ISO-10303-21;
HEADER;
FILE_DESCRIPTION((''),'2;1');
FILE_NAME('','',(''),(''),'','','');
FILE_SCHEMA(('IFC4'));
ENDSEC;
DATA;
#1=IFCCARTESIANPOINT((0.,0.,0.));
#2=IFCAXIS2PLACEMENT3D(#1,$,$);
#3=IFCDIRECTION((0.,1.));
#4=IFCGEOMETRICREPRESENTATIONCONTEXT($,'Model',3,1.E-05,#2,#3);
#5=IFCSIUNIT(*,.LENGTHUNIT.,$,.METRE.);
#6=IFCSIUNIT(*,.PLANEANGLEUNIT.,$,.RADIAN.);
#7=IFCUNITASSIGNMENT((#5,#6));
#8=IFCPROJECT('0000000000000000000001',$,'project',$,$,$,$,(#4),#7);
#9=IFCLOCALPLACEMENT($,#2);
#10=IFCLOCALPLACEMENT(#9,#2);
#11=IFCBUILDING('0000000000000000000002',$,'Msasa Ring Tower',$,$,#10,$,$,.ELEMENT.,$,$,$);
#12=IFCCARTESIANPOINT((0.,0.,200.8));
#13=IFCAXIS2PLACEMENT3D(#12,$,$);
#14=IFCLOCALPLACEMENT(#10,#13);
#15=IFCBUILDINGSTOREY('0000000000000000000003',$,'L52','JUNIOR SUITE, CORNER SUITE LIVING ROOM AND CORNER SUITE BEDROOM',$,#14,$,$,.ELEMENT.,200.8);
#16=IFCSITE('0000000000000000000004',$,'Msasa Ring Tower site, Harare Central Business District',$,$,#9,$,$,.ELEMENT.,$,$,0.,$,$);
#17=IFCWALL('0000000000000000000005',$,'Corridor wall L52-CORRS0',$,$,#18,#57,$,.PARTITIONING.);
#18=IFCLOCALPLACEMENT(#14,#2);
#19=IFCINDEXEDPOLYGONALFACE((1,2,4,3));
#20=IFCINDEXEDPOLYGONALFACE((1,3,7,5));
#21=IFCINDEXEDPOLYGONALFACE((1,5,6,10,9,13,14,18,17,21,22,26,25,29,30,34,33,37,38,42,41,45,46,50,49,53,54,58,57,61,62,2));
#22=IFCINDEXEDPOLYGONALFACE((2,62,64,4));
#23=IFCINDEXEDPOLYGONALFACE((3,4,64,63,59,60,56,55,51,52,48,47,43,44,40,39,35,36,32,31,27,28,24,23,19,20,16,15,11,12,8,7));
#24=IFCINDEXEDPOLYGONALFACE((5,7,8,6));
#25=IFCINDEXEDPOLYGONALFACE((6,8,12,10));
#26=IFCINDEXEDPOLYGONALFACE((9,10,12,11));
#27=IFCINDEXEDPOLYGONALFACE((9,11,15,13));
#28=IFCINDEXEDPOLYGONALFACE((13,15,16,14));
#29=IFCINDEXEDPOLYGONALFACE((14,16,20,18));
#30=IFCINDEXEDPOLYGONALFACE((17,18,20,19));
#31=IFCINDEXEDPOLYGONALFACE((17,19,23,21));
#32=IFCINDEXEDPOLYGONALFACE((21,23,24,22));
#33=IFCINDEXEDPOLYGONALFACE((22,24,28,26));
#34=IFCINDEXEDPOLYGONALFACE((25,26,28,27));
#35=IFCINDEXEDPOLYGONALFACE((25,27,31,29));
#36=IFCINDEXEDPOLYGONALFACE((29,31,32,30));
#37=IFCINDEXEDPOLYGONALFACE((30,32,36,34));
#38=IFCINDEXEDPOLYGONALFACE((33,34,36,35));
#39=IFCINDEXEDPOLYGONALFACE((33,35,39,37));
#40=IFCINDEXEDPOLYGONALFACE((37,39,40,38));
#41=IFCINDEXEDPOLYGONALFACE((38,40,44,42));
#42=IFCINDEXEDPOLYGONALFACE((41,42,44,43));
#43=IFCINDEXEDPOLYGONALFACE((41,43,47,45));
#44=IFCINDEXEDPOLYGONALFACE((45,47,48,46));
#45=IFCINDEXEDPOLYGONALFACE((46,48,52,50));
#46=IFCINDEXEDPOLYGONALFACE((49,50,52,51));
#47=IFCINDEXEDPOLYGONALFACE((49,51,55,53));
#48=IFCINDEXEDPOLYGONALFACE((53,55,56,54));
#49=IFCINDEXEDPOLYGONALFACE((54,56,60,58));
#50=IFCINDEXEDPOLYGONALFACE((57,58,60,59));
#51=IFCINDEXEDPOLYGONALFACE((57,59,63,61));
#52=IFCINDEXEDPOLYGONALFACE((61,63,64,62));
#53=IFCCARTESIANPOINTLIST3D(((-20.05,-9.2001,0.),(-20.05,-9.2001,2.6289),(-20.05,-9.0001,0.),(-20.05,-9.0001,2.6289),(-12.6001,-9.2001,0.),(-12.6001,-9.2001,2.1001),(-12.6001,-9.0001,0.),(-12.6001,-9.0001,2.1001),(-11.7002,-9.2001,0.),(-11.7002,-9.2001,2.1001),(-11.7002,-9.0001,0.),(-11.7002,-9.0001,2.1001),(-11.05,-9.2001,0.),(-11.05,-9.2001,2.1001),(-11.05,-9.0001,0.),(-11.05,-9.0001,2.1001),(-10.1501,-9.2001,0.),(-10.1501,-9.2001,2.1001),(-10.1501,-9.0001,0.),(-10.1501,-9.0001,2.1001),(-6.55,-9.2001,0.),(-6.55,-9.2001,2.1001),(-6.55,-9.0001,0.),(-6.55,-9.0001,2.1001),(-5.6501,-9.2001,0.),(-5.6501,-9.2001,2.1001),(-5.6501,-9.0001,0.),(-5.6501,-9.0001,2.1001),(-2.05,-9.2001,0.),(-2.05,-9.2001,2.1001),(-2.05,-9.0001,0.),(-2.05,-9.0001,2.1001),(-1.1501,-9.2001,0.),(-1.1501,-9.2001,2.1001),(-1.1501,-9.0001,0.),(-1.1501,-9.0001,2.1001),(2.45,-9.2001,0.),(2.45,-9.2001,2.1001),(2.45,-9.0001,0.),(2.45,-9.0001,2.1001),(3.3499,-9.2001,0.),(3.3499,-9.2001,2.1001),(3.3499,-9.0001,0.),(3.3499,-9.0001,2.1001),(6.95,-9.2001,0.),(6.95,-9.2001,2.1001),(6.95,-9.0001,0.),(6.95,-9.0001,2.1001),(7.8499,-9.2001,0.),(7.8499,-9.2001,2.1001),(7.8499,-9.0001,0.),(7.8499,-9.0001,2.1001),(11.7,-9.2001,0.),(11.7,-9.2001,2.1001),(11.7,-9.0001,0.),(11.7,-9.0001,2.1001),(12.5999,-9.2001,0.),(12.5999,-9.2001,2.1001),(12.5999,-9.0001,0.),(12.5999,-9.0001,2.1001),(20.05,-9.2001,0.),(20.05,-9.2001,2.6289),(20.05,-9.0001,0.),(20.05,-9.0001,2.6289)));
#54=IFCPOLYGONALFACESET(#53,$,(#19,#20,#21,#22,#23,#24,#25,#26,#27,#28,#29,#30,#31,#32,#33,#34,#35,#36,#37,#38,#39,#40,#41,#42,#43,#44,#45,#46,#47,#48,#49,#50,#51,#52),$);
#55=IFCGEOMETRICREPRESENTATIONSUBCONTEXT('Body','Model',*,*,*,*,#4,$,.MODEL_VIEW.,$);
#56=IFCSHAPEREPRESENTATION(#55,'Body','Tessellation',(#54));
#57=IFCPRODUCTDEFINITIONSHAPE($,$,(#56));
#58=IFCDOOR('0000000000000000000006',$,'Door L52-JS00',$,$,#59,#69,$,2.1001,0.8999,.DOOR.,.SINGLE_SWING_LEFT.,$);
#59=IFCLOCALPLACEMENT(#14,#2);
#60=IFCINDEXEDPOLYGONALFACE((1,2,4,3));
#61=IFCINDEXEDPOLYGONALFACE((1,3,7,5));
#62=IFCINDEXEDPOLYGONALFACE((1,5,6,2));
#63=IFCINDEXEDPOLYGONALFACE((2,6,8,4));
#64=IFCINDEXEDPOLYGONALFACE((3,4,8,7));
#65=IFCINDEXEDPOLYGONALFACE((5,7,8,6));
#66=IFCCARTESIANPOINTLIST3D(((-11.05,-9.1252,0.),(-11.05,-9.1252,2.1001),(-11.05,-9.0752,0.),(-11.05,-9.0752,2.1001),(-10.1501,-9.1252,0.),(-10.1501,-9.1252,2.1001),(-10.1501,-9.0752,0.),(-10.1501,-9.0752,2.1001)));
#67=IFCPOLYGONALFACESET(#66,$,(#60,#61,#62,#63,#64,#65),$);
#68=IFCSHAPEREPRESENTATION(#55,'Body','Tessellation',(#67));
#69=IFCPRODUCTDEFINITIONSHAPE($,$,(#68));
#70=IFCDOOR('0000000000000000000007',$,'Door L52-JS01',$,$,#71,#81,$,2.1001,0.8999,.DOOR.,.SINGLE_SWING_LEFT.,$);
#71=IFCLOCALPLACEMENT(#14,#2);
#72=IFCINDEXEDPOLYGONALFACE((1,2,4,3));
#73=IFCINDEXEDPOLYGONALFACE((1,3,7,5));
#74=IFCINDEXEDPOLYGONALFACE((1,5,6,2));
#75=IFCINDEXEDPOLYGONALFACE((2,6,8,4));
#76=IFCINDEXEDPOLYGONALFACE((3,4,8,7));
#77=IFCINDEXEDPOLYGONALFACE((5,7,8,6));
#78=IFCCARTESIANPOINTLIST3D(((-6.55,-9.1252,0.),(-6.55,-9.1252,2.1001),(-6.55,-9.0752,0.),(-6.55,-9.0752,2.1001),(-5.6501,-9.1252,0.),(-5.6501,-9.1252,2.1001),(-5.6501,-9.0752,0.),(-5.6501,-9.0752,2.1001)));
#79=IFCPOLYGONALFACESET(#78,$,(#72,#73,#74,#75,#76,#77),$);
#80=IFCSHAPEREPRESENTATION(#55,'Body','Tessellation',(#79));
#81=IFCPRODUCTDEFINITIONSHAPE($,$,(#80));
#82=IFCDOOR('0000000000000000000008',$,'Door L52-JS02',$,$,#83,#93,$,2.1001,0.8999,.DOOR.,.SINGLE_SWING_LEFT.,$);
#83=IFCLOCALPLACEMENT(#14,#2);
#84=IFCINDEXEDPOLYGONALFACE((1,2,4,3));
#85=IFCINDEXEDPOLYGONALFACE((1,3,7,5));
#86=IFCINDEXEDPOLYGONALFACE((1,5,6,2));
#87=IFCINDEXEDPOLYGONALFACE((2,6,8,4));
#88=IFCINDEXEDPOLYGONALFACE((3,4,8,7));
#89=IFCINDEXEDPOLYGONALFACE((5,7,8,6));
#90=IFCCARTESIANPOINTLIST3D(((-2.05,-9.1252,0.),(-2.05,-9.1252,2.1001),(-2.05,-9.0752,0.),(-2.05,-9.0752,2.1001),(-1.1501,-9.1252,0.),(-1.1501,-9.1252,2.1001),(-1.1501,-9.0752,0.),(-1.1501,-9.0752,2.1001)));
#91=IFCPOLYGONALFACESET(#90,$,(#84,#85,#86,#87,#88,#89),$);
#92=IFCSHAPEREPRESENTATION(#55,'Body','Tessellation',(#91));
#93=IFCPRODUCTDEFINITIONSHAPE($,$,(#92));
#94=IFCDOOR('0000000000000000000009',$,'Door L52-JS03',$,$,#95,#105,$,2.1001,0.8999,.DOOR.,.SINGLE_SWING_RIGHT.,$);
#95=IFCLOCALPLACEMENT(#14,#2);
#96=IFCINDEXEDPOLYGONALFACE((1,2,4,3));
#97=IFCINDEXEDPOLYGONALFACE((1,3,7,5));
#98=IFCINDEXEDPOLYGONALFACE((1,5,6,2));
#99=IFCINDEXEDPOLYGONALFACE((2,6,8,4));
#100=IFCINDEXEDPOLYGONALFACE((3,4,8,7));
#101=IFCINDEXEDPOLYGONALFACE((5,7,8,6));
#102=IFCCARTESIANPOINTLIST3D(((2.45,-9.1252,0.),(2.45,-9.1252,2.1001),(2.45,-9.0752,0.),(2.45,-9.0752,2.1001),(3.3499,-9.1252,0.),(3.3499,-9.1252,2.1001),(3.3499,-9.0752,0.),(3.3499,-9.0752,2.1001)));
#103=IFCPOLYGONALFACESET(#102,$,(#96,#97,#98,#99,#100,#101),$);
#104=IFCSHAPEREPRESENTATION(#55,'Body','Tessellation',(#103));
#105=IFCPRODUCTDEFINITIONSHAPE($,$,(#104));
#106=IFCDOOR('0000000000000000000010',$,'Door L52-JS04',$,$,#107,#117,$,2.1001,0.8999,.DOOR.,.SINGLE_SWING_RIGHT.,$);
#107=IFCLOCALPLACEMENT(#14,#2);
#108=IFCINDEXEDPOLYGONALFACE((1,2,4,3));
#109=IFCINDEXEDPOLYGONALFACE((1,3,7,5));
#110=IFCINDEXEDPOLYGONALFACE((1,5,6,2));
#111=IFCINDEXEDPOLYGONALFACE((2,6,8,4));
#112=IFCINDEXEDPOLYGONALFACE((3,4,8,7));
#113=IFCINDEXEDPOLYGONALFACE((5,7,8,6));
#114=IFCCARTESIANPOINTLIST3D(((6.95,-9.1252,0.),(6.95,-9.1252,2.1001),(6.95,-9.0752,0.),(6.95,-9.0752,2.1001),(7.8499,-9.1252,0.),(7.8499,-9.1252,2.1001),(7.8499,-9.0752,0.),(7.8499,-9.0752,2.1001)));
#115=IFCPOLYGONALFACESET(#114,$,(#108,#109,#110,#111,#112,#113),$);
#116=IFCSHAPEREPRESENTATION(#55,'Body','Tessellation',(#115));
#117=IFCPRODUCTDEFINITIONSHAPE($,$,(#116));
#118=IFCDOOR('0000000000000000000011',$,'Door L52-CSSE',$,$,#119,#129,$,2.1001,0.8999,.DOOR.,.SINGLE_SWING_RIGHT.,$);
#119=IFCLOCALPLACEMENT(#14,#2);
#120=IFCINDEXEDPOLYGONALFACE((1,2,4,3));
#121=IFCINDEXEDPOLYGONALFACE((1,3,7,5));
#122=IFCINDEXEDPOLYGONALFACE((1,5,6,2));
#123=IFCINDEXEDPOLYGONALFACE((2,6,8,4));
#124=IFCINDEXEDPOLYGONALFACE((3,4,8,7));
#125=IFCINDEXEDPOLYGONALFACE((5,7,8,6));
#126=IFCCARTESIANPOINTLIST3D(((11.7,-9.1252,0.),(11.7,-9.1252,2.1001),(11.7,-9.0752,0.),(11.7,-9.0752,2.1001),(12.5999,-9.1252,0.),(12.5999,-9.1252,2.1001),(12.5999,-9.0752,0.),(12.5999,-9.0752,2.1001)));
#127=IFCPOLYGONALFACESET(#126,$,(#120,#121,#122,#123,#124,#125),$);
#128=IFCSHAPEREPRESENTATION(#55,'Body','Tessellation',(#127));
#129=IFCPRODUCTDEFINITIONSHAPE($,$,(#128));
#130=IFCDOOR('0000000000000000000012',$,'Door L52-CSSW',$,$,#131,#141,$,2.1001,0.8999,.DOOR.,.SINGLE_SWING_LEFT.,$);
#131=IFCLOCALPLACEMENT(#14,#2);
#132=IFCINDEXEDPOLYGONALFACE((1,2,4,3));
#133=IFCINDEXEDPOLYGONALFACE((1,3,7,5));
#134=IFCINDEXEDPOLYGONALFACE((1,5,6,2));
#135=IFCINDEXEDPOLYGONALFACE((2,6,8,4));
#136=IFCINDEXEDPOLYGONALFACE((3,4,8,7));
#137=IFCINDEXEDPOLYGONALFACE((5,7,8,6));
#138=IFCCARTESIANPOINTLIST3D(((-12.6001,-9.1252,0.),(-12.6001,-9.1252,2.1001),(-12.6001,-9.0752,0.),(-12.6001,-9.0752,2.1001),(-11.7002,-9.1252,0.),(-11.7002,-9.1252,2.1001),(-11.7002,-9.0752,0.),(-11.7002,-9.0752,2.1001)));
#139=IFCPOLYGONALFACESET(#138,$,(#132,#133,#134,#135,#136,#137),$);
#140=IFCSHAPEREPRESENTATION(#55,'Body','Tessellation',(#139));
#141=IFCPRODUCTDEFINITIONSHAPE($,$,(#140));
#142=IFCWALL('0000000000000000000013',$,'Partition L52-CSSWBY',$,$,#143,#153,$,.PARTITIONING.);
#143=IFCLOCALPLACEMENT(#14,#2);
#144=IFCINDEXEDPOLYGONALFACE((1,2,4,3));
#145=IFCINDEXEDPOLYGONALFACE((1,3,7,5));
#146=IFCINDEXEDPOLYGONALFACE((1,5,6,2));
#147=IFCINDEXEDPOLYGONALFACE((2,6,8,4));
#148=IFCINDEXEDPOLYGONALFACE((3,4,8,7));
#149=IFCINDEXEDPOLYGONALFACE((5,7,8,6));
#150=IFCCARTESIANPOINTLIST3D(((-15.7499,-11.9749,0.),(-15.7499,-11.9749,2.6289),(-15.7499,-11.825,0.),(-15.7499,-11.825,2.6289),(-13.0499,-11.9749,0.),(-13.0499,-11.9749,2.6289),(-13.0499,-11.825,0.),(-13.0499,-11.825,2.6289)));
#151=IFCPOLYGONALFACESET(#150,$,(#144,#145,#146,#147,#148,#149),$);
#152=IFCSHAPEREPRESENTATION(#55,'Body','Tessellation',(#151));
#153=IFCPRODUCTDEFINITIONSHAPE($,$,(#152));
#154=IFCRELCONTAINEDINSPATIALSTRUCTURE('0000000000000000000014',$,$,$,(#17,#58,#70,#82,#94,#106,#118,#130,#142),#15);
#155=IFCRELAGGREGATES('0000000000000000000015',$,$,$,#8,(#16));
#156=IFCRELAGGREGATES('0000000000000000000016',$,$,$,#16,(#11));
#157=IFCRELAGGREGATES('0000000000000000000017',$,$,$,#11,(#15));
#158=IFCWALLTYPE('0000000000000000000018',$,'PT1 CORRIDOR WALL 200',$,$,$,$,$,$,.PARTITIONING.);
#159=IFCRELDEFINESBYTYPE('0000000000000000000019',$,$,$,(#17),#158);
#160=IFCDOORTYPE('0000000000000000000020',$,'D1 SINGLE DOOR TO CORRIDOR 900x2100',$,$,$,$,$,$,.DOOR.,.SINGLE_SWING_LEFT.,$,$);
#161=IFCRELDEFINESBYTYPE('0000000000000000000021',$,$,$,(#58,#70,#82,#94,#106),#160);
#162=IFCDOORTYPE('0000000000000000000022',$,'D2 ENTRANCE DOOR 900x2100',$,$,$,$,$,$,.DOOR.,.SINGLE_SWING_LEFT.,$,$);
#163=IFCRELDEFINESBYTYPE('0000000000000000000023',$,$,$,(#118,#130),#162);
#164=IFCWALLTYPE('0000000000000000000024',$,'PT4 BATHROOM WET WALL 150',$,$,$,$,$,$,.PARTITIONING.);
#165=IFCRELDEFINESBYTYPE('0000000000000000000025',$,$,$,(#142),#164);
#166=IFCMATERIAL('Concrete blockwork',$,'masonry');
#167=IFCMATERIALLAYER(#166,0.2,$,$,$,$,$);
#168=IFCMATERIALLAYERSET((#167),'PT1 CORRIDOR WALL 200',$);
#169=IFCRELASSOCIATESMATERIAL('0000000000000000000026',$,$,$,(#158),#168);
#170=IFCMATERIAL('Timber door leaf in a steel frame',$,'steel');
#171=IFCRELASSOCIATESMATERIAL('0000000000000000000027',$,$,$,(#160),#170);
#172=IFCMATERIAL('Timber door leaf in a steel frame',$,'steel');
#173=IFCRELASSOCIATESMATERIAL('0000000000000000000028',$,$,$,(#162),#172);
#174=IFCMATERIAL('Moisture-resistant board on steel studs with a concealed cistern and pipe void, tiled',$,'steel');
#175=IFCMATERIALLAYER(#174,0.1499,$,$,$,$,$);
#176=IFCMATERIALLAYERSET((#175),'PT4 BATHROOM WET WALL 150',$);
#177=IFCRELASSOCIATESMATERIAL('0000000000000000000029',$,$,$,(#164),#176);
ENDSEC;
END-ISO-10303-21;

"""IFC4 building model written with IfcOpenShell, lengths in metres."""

from ifc_helpers import new_model, si_unit, direction, frame, frame_2d, origin, place, context, subcontext, project, spatial, rectangle, extrude, material, layer, layer_set, type_object, element, fill, save


model = new_model("IFC4")

# Units and contexts
model_context = context("Model", 3, precision=1e-05, world=origin(), true_north=direction((0.0, 1.0)))
body_context = subcontext(model_context, "Body", "Model", "MODEL_VIEW")
ifc_project = project(units=[si_unit("LENGTHUNIT", "METRE"), si_unit("PLANEANGLEUNIT", "RADIAN")], contexts=[model_context])

# Site, building, storey
site_placement = place(None, origin())
site = spatial("IfcSite", under=ifc_project, at=site_placement, Name="Msasa Ring Tower site, Harare Central Business District", CompositionType="ELEMENT", RefElevation=0.0)
building_placement = place(site_placement, origin())
building = spatial("IfcBuilding", under=site, at=building_placement, Name="Msasa Ring Tower", CompositionType="ELEMENT")
storey_placement = place(building_placement, frame((0.0, 0.0, 200.8)))
storey = spatial("IfcBuildingStorey", under=building, at=storey_placement, Name="L52", Description="JUNIOR SUITE, CORNER SUITE LIVING ROOM AND CORNER SUITE BEDROOM", CompositionType="ELEMENT", Elevation=200.8)

# Wall, openings, doors
ifc_material_1 = material(Name="Concrete blockwork", Category="masonry")
ifc_layer_1 = layer(ifc_material_1, 0.2)
ifc_layer_set_1 = layer_set([ifc_layer_1], Name="PT1 CORRIDOR WALL 200")
wall_type_1 = type_object("IfcWallType", Name="PT1 CORRIDOR WALL 200", PredefinedType="PARTITIONING", material=ifc_layer_set_1)
wall_1_placement = place(storey_placement, frame((-20.05, -9.1001, 0.0), z_axis=(0.0, 0.0, 1.0), x_axis=(1.0, 0.0, 0.0)))
wall_1 = element("IfcWall", 1, at=wall_1_placement, inside=storey, type_object=wall_type_1, Name="Corridor wall L52-CORRS0", PredefinedType="PARTITIONING", context=body_context, shape_type="SweptSolid", body=[
    extrude(rectangle(XDim=40.1001, YDim=0.2, at=frame_2d((20.05, 0.0))), origin(), (0.0, 0.0, 1.0), 2.6289),
])
opening_1_placement = place(wall_1_placement, frame((9.0, 0.0, 0.0)))
opening_1 = element("IfcOpeningElement", 2, at=opening_1_placement, cuts=wall_1, PredefinedType="OPENING", context=body_context, shape_type="SweptSolid", body=[
    extrude(rectangle(XDim=0.8999, YDim=2.1001, at=frame_2d((0.45, 1.05))), frame((0.0, 0.1099, 0.0), z_axis=(0.0, -1.0, 0.0), x_axis=(1.0, 0.0, 0.0)), (0.0, 0.0, 1.0), 0.22),
])
opening_2_placement = place(wall_1_placement, frame((13.5, 0.0, 0.0)))
opening_2 = element("IfcOpeningElement", 3, at=opening_2_placement, cuts=wall_1, PredefinedType="OPENING", context=body_context, shape_type="SweptSolid", body=[
    extrude(rectangle(XDim=0.8999, YDim=2.1001, at=frame_2d((0.45, 1.05))), frame((0.0, 0.1099, 0.0), z_axis=(0.0, -1.0, 0.0), x_axis=(1.0, 0.0, 0.0)), (0.0, 0.0, 1.0), 0.22),
])
opening_3_placement = place(wall_1_placement, frame((18.0, 0.0, 0.0)))
opening_3 = element("IfcOpeningElement", 4, at=opening_3_placement, cuts=wall_1, PredefinedType="OPENING", context=body_context, shape_type="SweptSolid", body=[
    extrude(rectangle(XDim=0.8999, YDim=2.1001, at=frame_2d((0.45, 1.05))), frame((0.0, 0.1099, 0.0), z_axis=(0.0, -1.0, 0.0), x_axis=(1.0, 0.0, 0.0)), (0.0, 0.0, 1.0), 0.22),
])
opening_4_placement = place(wall_1_placement, frame((22.5, 0.0, 0.0)))
opening_4 = element("IfcOpeningElement", 5, at=opening_4_placement, cuts=wall_1, PredefinedType="OPENING", context=body_context, shape_type="SweptSolid", body=[
    extrude(rectangle(XDim=0.8999, YDim=2.1001, at=frame_2d((0.45, 1.05))), frame((0.0, 0.1099, 0.0), z_axis=(0.0, -1.0, 0.0), x_axis=(1.0, 0.0, 0.0)), (0.0, 0.0, 1.0), 0.22),
])
opening_5_placement = place(wall_1_placement, frame((27.0, 0.0, 0.0)))
opening_5 = element("IfcOpeningElement", 6, at=opening_5_placement, cuts=wall_1, PredefinedType="OPENING", context=body_context, shape_type="SweptSolid", body=[
    extrude(rectangle(XDim=0.8999, YDim=2.1001, at=frame_2d((0.45, 1.05))), frame((0.0, 0.1099, 0.0), z_axis=(0.0, -1.0, 0.0), x_axis=(1.0, 0.0, 0.0)), (0.0, 0.0, 1.0), 0.22),
])
opening_6_placement = place(wall_1_placement, frame((31.75, 0.0, 0.0)))
opening_6 = element("IfcOpeningElement", 7, at=opening_6_placement, cuts=wall_1, PredefinedType="OPENING", context=body_context, shape_type="SweptSolid", body=[
    extrude(rectangle(XDim=0.8999, YDim=2.1001, at=frame_2d((0.45, 1.05))), frame((0.0, 0.1099, 0.0), z_axis=(0.0, -1.0, 0.0), x_axis=(1.0, 0.0, 0.0)), (0.0, 0.0, 1.0), 0.22),
])
opening_7_placement = place(wall_1_placement, frame((7.45, 0.0, 0.0)))
opening_7 = element("IfcOpeningElement", 8, at=opening_7_placement, cuts=wall_1, PredefinedType="OPENING", context=body_context, shape_type="SweptSolid", body=[
    extrude(rectangle(XDim=0.8999, YDim=2.1001, at=frame_2d((0.45, 1.05))), frame((0.0, 0.1099, 0.0), z_axis=(0.0, -1.0, 0.0), x_axis=(1.0, 0.0, 0.0)), (0.0, 0.0, 1.0), 0.22),
])
ifc_material_2 = material(Name="Timber door leaf in a steel frame", Category="steel")
door_type_1 = type_object("IfcDoorType", Name="D1 SINGLE DOOR TO CORRIDOR 900x2100", OperationType="SINGLE_SWING_LEFT", PredefinedType="DOOR", material=ifc_material_2)
door_1_placement = place(opening_1_placement, origin())
door_1 = element("IfcDoor", 9, at=door_1_placement, inside=storey, type_object=door_type_1, Name="Door L52-JS00", OperationType="SINGLE_SWING_LEFT", OverallHeight=2.1001, OverallWidth=0.8999, PredefinedType="DOOR", context=body_context, shape_type="SweptSolid", body=[
    extrude(rectangle(XDim=0.8999, YDim=2.1001, at=frame_2d((0.45, 1.05))), frame((0.0, 0.0249, 0.0), z_axis=(0.0, -1.0, 0.0), x_axis=(1.0, 0.0, 0.0)), (0.0, 0.0, 1.0), 0.05),
])
fill(opening_1, door_1)
door_2_placement = place(opening_2_placement, origin())
door_2 = element("IfcDoor", 10, at=door_2_placement, inside=storey, type_object=door_type_1, Name="Door L52-JS01", OperationType="SINGLE_SWING_LEFT", OverallHeight=2.1001, OverallWidth=0.8999, PredefinedType="DOOR", context=body_context, shape_type="SweptSolid", body=[
    extrude(rectangle(XDim=0.8999, YDim=2.1001, at=frame_2d((0.45, 1.05))), frame((0.0, 0.0249, 0.0), z_axis=(0.0, -1.0, 0.0), x_axis=(1.0, 0.0, 0.0)), (0.0, 0.0, 1.0), 0.05),
])
fill(opening_2, door_2)
door_3_placement = place(opening_3_placement, origin())
door_3 = element("IfcDoor", 11, at=door_3_placement, inside=storey, type_object=door_type_1, Name="Door L52-JS02", OperationType="SINGLE_SWING_LEFT", OverallHeight=2.1001, OverallWidth=0.8999, PredefinedType="DOOR", context=body_context, shape_type="SweptSolid", body=[
    extrude(rectangle(XDim=0.8999, YDim=2.1001, at=frame_2d((0.45, 1.05))), frame((0.0, 0.0249, 0.0), z_axis=(0.0, -1.0, 0.0), x_axis=(1.0, 0.0, 0.0)), (0.0, 0.0, 1.0), 0.05),
])
fill(opening_3, door_3)
door_4_placement = place(opening_4_placement, origin())
door_4 = element("IfcDoor", 12, at=door_4_placement, inside=storey, type_object=door_type_1, Name="Door L52-JS03", OperationType="SINGLE_SWING_RIGHT", OverallHeight=2.1001, OverallWidth=0.8999, PredefinedType="DOOR", context=body_context, shape_type="SweptSolid", body=[
    extrude(rectangle(XDim=0.8999, YDim=2.1001, at=frame_2d((0.45, 1.05))), frame((0.0, 0.0249, 0.0), z_axis=(0.0, -1.0, 0.0), x_axis=(1.0, 0.0, 0.0)), (0.0, 0.0, 1.0), 0.05),
])
fill(opening_4, door_4)
door_5_placement = place(opening_5_placement, origin())
door_5 = element("IfcDoor", 13, at=door_5_placement, inside=storey, type_object=door_type_1, Name="Door L52-JS04", OperationType="SINGLE_SWING_RIGHT", OverallHeight=2.1001, OverallWidth=0.8999, PredefinedType="DOOR", context=body_context, shape_type="SweptSolid", body=[
    extrude(rectangle(XDim=0.8999, YDim=2.1001, at=frame_2d((0.45, 1.05))), frame((0.0, 0.0249, 0.0), z_axis=(0.0, -1.0, 0.0), x_axis=(1.0, 0.0, 0.0)), (0.0, 0.0, 1.0), 0.05),
])
fill(opening_5, door_5)
ifc_material_3 = material(Name="Timber door leaf in a steel frame", Category="steel")
door_type_2 = type_object("IfcDoorType", Name="D2 ENTRANCE DOOR 900x2100", OperationType="SINGLE_SWING_LEFT", PredefinedType="DOOR", material=ifc_material_3)
door_6_placement = place(opening_6_placement, origin())
door_6 = element("IfcDoor", 14, at=door_6_placement, inside=storey, type_object=door_type_2, Name="Door L52-CSSE", OperationType="SINGLE_SWING_RIGHT", OverallHeight=2.1001, OverallWidth=0.8999, PredefinedType="DOOR", context=body_context, shape_type="SweptSolid", body=[
    extrude(rectangle(XDim=0.8999, YDim=2.1001, at=frame_2d((0.45, 1.05))), frame((0.0, 0.0249, 0.0), z_axis=(0.0, -1.0, 0.0), x_axis=(1.0, 0.0, 0.0)), (0.0, 0.0, 1.0), 0.05),
])
fill(opening_6, door_6)
door_7_placement = place(opening_7_placement, origin())
door_7 = element("IfcDoor", 15, at=door_7_placement, inside=storey, type_object=door_type_2, Name="Door L52-CSSW", OperationType="SINGLE_SWING_LEFT", OverallHeight=2.1001, OverallWidth=0.8999, PredefinedType="DOOR", context=body_context, shape_type="SweptSolid", body=[
    extrude(rectangle(XDim=0.8999, YDim=2.1001, at=frame_2d((0.45, 1.05))), frame((0.0, 0.0249, 0.0), z_axis=(0.0, -1.0, 0.0), x_axis=(1.0, 0.0, 0.0)), (0.0, 0.0, 1.0), 0.05),
])
fill(opening_7, door_7)

# Wall
ifc_material_4 = material(Name="Moisture-resistant board on steel studs with a concealed cistern and pipe void, tiled", Category="steel")
ifc_layer_2 = layer(ifc_material_4, 0.1499)
ifc_layer_set_2 = layer_set([ifc_layer_2], Name="PT4 BATHROOM WET WALL 150")
wall_type_2 = type_object("IfcWallType", Name="PT4 BATHROOM WET WALL 150", PredefinedType="PARTITIONING", material=ifc_layer_set_2)
wall_2_placement = place(storey_placement, frame((-15.75, -11.8999, 0.0), z_axis=(0.0, 0.0, 1.0), x_axis=(1.0, 0.0, 0.0)))
element("IfcWall", 16, at=wall_2_placement, inside=storey, type_object=wall_type_2, Name="Partition L52-CSSWBY", PredefinedType="PARTITIONING", context=body_context, shape_type="SweptSolid", body=[
    extrude(rectangle(XDim=2.7, YDim=0.1499, at=frame_2d((1.3501, 0.0))), origin(), (0.0, 0.0, 1.0), 2.6289),
])

save(model, "model.ifc")
